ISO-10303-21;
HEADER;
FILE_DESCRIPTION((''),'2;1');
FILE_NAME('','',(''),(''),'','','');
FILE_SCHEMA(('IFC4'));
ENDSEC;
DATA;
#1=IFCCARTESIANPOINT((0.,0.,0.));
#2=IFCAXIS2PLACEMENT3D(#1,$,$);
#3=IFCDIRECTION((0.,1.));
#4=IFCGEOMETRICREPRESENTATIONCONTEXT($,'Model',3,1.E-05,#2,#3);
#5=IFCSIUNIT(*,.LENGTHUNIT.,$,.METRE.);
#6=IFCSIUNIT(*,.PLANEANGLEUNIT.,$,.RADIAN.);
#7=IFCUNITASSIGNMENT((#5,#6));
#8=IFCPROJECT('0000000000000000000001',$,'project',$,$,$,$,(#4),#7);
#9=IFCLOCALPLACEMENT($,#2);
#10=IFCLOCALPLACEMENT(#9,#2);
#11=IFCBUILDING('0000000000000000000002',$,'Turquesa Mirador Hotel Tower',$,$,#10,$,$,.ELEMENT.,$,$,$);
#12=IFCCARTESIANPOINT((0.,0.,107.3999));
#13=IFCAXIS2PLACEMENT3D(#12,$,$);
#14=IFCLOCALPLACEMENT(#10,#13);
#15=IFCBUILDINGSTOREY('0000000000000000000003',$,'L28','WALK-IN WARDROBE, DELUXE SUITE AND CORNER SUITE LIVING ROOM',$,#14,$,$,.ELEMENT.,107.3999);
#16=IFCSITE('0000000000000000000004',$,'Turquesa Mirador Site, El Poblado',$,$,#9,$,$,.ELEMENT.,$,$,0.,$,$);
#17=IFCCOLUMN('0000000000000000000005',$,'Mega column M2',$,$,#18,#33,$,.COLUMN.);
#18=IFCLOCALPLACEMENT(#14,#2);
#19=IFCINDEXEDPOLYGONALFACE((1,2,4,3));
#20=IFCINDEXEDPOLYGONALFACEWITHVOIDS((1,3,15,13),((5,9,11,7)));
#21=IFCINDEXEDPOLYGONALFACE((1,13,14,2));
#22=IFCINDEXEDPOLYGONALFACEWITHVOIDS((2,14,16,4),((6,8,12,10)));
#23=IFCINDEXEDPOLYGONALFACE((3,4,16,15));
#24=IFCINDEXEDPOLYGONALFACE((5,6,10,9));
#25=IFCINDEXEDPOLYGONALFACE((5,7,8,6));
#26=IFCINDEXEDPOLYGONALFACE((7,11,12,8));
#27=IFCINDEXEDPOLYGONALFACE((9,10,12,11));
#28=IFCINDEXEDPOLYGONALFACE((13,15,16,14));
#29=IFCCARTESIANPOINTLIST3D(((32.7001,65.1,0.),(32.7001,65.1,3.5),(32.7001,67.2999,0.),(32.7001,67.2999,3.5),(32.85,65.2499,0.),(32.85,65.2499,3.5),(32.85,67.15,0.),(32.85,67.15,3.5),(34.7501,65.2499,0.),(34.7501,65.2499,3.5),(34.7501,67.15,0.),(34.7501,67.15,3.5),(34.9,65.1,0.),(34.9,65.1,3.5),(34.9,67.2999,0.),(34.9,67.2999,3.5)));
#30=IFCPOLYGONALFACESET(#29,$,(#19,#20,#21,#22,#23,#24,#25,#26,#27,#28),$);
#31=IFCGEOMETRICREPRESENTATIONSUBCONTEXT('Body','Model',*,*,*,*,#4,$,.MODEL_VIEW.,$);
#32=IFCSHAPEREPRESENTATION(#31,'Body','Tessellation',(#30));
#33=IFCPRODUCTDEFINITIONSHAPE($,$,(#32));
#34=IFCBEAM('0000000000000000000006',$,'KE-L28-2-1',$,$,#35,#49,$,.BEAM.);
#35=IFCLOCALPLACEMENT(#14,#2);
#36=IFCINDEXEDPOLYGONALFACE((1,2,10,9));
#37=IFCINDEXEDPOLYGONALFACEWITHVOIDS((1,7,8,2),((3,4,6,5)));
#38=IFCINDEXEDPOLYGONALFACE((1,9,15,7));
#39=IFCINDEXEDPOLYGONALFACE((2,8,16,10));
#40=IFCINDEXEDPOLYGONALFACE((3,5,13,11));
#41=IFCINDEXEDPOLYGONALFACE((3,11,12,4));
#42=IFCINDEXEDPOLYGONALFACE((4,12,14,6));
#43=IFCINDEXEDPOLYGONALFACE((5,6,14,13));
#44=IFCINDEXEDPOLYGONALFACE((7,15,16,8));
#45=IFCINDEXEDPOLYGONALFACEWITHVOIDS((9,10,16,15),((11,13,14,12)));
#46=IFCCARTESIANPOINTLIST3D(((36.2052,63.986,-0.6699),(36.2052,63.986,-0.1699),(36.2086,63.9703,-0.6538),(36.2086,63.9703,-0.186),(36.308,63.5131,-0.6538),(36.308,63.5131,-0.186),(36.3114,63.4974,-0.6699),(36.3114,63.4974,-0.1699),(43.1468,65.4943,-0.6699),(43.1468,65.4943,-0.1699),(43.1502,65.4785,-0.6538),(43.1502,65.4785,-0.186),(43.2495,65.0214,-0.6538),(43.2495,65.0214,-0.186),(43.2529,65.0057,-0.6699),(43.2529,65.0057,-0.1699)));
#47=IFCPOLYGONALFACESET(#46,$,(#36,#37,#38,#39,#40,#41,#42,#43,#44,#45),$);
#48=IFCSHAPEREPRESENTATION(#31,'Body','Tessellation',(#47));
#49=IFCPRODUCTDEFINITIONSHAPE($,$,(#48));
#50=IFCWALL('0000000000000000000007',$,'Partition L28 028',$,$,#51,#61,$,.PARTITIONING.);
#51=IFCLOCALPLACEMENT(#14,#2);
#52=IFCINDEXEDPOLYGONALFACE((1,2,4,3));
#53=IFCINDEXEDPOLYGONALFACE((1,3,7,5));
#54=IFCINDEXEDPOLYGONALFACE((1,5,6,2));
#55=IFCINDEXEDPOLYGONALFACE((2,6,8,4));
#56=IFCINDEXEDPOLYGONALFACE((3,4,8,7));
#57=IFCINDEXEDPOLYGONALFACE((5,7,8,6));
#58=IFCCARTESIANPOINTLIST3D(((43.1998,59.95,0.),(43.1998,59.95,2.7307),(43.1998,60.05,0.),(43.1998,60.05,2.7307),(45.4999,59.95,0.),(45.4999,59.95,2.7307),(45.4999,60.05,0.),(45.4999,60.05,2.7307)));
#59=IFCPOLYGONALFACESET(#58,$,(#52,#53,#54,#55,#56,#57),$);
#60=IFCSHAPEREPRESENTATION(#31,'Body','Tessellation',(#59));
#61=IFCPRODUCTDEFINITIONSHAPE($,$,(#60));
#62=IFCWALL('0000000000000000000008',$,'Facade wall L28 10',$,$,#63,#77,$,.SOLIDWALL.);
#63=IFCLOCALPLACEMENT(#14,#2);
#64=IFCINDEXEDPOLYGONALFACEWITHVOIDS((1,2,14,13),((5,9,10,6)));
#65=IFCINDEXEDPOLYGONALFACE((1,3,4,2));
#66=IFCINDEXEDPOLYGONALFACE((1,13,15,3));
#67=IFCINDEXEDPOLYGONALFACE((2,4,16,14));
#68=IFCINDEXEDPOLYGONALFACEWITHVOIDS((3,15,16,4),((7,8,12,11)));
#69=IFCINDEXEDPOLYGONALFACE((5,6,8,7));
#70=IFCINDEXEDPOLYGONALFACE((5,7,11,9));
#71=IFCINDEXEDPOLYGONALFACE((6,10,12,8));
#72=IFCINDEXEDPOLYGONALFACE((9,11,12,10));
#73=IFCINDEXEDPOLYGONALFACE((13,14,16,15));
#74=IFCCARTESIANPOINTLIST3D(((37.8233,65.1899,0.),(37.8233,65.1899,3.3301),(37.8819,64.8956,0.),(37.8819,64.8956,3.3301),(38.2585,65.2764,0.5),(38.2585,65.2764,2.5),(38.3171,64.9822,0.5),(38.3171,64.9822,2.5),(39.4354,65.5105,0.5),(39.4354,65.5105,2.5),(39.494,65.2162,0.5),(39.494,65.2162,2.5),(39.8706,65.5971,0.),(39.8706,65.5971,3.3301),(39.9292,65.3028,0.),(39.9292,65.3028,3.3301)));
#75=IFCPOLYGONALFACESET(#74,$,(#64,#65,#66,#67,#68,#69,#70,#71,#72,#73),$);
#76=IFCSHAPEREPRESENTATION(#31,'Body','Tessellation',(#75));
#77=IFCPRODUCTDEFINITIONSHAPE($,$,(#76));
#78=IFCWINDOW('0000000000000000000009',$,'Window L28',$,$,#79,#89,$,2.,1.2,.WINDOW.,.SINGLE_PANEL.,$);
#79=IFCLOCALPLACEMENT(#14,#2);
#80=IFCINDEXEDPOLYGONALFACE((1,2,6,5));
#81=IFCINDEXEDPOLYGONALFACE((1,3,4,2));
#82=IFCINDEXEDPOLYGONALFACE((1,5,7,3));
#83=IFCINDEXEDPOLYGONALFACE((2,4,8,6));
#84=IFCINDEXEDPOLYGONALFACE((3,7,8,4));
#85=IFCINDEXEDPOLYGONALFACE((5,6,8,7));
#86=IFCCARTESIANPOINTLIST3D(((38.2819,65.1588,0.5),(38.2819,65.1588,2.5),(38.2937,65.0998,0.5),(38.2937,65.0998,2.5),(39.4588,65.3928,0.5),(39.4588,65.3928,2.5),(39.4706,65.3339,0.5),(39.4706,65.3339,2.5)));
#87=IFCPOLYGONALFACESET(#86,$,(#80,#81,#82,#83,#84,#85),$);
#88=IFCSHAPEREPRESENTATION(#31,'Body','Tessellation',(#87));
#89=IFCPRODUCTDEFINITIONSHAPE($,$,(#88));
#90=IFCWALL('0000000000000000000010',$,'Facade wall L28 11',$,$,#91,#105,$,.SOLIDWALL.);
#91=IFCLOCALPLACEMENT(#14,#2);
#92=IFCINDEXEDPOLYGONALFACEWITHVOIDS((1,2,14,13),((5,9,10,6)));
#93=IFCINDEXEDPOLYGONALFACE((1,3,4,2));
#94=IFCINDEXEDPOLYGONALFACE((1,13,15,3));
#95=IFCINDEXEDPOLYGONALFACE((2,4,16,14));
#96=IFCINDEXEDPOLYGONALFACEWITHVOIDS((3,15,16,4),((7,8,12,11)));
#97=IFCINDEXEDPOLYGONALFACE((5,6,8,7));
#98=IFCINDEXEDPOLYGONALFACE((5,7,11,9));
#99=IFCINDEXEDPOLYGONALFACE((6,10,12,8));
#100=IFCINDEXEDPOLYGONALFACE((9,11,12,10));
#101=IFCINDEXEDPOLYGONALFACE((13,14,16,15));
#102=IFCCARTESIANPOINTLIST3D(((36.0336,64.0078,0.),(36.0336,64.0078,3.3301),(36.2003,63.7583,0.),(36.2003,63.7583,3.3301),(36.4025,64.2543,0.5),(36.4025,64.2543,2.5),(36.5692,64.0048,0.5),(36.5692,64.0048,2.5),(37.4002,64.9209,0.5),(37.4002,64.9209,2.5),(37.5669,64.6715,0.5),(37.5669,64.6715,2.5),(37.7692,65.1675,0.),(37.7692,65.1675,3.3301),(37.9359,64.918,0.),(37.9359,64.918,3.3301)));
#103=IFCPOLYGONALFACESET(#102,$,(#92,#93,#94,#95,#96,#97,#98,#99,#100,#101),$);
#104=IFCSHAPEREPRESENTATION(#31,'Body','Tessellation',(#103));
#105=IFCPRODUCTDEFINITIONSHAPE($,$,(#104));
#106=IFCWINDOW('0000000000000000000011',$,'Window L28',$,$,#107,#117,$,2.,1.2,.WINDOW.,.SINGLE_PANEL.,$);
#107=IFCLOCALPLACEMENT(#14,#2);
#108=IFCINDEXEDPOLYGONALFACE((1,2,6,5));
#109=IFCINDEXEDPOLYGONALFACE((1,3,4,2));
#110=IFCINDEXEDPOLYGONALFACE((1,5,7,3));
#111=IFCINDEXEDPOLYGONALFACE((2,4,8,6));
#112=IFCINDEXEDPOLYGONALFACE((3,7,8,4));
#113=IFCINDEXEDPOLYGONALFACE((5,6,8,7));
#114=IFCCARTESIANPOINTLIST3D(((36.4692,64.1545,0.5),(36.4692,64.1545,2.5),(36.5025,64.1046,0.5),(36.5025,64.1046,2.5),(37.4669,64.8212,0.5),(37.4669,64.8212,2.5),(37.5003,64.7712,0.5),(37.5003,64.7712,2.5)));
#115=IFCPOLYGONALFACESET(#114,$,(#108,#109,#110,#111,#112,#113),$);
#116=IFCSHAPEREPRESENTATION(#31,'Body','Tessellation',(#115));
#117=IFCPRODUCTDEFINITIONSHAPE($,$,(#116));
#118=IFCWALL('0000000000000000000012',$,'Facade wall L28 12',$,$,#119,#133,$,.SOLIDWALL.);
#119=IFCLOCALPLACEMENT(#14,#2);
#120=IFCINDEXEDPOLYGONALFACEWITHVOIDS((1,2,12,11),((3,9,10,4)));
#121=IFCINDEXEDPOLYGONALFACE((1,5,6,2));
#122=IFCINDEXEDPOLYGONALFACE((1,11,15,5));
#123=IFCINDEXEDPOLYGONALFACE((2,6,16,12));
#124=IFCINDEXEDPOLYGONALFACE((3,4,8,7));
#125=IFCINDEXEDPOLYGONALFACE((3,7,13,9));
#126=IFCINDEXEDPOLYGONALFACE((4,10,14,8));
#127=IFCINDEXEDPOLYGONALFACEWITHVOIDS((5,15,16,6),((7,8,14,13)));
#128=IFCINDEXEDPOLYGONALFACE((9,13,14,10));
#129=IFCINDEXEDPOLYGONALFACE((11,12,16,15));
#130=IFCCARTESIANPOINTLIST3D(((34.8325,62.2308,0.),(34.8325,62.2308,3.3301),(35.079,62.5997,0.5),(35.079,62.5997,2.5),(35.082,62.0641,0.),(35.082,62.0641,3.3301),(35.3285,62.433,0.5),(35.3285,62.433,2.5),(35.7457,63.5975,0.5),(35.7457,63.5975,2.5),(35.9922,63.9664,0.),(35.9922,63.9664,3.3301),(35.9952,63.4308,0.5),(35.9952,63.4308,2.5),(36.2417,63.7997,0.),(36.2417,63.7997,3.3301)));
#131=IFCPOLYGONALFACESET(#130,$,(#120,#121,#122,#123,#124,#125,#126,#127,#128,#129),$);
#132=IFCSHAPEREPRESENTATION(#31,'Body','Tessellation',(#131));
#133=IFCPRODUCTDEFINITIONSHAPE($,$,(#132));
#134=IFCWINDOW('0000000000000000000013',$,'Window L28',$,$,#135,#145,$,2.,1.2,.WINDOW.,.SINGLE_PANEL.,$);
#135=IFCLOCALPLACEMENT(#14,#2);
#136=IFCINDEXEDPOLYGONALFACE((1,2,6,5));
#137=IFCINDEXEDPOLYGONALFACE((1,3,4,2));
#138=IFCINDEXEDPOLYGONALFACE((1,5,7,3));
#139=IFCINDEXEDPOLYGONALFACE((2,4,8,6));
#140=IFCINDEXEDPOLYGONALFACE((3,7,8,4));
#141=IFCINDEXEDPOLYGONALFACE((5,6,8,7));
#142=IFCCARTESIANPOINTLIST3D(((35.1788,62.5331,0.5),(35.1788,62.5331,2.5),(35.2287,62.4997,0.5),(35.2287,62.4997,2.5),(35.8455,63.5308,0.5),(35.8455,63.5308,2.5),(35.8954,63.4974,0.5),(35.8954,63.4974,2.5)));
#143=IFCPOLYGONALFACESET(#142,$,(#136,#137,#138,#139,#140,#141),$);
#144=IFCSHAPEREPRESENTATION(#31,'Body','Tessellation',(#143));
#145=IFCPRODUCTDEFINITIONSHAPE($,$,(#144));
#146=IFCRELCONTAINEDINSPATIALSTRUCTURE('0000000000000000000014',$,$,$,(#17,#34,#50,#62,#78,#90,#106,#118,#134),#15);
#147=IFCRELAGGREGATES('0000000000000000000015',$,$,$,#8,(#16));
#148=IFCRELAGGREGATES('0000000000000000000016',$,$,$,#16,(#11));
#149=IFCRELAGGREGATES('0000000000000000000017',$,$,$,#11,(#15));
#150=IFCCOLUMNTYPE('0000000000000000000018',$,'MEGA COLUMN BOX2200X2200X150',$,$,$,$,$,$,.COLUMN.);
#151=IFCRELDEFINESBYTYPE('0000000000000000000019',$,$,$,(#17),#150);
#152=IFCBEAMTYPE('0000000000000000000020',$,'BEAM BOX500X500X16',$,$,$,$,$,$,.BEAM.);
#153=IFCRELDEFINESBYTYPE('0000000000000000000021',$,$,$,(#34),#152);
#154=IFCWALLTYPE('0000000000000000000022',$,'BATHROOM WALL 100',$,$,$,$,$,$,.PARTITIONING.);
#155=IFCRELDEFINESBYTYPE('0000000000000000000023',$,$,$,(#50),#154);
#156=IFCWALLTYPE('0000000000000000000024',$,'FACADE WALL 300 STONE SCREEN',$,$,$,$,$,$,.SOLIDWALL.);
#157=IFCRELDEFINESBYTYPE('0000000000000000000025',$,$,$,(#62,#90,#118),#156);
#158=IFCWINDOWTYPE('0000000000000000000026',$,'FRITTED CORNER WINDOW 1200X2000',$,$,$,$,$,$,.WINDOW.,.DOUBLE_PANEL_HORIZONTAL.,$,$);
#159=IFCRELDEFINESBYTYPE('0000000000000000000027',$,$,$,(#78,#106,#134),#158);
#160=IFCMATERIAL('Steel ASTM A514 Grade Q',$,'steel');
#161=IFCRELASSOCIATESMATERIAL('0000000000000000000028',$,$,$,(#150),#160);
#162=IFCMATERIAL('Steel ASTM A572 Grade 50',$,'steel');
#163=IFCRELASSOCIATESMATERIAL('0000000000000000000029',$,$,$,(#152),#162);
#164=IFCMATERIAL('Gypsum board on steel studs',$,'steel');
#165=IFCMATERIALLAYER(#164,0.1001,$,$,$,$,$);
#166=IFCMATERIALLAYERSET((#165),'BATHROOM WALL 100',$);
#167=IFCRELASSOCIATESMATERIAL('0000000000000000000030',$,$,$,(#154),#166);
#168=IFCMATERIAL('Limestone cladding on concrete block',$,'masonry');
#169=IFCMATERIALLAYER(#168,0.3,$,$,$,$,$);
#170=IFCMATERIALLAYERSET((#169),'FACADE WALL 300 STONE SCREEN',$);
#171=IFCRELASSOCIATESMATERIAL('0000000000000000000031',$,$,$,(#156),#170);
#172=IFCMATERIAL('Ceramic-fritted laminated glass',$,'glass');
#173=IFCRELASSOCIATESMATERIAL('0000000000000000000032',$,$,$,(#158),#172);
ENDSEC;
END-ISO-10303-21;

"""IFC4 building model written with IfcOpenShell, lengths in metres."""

from ifc_helpers import new_model, si_unit, direction, frame, frame_2d, origin, origin_2d, place, context, subcontext, project, spatial, rectangle, hollow_rectangle, extrude, material, layer, layer_set, material_profile, profile_set, type_object, element, fill, save


model = new_model("IFC4")

# Units and contexts
model_context = context("Model", 3, precision=1e-05, world=origin(), true_north=direction((0.0, 1.0)))
body_context = subcontext(model_context, "Body", "Model", "MODEL_VIEW")
ifc_project = project(units=[si_unit("LENGTHUNIT", "METRE"), si_unit("PLANEANGLEUNIT", "RADIAN")], contexts=[model_context])

# Site, building, storey
site_placement = place(None, origin())
site = spatial("IfcSite", under=ifc_project, at=site_placement, Name="Turquesa Mirador Site, El Poblado", CompositionType="ELEMENT", RefElevation=0.0)
building_placement = place(site_placement, origin())
building = spatial("IfcBuilding", under=site, at=building_placement, Name="Turquesa Mirador Hotel Tower", CompositionType="ELEMENT")
storey_placement = place(building_placement, frame((0.0, 0.0, 107.3999)))
storey = spatial("IfcBuildingStorey", under=building, at=storey_placement, Name="L28", Description="WALK-IN WARDROBE, DELUXE SUITE AND CORNER SUITE LIVING ROOM", CompositionType="ELEMENT", Elevation=107.3999)

# Column
ifc_material_1 = material(Name="Steel ASTM A514 Grade Q", Category="steel")
ifc_material_profile_1 = material_profile(ifc_material_1, hollow_rectangle(XDim=2.2, YDim=2.2, WallThickness=0.1499, at=origin_2d()), Name="BOX2200X2200X150")
ifc_profile_set_1 = profile_set([ifc_material_profile_1], Name="Steel ASTM A514 Grade Q")
column_type = type_object("IfcColumnType", Name="MEGA COLUMN BOX2200X2200X150", PredefinedType="COLUMN", material=ifc_profile_set_1)
column_placement = place(storey_placement, frame((33.8, 66.2, 0.0), z_axis=(0.0, 0.0, 1.0), x_axis=(1.0, 0.0, 0.0)))
element("IfcColumn", 1, at=column_placement, inside=storey, type_object=column_type, Name="Mega column M2", PredefinedType="COLUMN", context=body_context, shape_type="SweptSolid", body=[
    extrude(hollow_rectangle(XDim=2.2, YDim=2.2, WallThickness=0.1499, at=origin_2d()), origin(), (0.0, 0.0, 1.0), 3.5),
])

# Beam
ifc_material_2 = material(Name="Steel ASTM A572 Grade 50", Category="steel")
ifc_material_profile_2 = material_profile(ifc_material_2, hollow_rectangle(XDim=0.5, YDim=0.5, WallThickness=0.0161, at=origin_2d()), Name="BOX500X500X16")
ifc_profile_set_2 = profile_set([ifc_material_profile_2], Name="Steel ASTM A572 Grade 50")
beam_type = type_object("IfcBeamType", Name="BEAM BOX500X500X16", PredefinedType="BEAM", material=ifc_profile_set_2)
beam_placement = place(storey_placement, frame((36.2583, 63.7417, -0.4199), z_axis=(0.977198, 0.212328, 0.0), x_axis=(-0.212328, 0.977198, 0.0)))
element("IfcBeam", 2, at=beam_placement, inside=storey, type_object=beam_type, Name="KE-L28-2-1", PredefinedType="BEAM", context=body_context, shape_type="SweptSolid", body=[
    extrude(hollow_rectangle(XDim=0.5, YDim=0.5, WallThickness=0.0161, at=origin_2d()), origin(), (0.0, 0.0, 1.0), 7.1035),
])

# Wall
ifc_material_3 = material(Name="Gypsum board on steel studs", Category="steel")
ifc_layer_1 = layer(ifc_material_3, 0.1001)
ifc_layer_set_1 = layer_set([ifc_layer_1], Name="BATHROOM WALL 100")
wall_type_1 = type_object("IfcWallType", Name="BATHROOM WALL 100", PredefinedType="PARTITIONING", material=ifc_layer_set_1)
wall_1_placement = place(storey_placement, frame((43.2, 60.0, 0.0), z_axis=(0.0, 0.0, 1.0), x_axis=(1.0, 0.0, 0.0)))
element("IfcWall", 3, at=wall_1_placement, inside=storey, type_object=wall_type_1, Name="Partition L28 028", PredefinedType="PARTITIONING", context=body_context, shape_type="SweptSolid", body=[
    extrude(rectangle(XDim=2.3, YDim=0.1001, at=frame_2d((1.1499, 0.0))), origin(), (0.0, 0.0, 1.0), 2.7307),
])

# Walls, openings, windows
ifc_material_4 = material(Name="Limestone cladding on concrete block", Category="masonry")
ifc_layer_2 = layer(ifc_material_4, 0.3)
ifc_layer_set_2 = layer_set([ifc_layer_2], Name="FACADE WALL 300 STONE SCREEN")
wall_type_2 = type_object("IfcWallType", Name="FACADE WALL 300 STONE SCREEN", PredefinedType="SOLIDWALL", material=ifc_layer_set_2)
wall_2_placement = place(storey_placement, frame((39.8999, 65.45, 0.0), z_axis=(0.0, 0.0, 1.0), x_axis=(-0.980787, -0.195081, 0.0)))
wall_2 = element("IfcWall", 4, at=wall_2_placement, inside=storey, type_object=wall_type_2, Name="Facade wall L28 10", PredefinedType="SOLIDWALL", context=body_context, shape_type="SweptSolid", body=[
    extrude(rectangle(XDim=2.0874, YDim=0.3, at=frame_2d((1.0437, 0.0))), origin(), (0.0, 0.0, 1.0), 3.3301),
])
opening_1_placement = place(wall_2_placement, frame((0.4436, 0.0, 0.5)))
opening_1 = element("IfcOpeningElement", 5, at=opening_1_placement, cuts=wall_2, PredefinedType="OPENING", context=body_context, shape_type="SweptSolid", body=[
    extrude(rectangle(XDim=1.2, YDim=2.0, at=frame_2d((0.6001, 1.0))), frame((0.0, 0.1599, 0.0), z_axis=(0.0, -1.0, 0.0), x_axis=(1.0, 0.0, 0.0)), (0.0, 0.0, 1.0), 0.3201),
])
ifc_material_5 = material(Name="Ceramic-fritted laminated glass", Category="glass")
window_type_1 = type_object("IfcWindowType", Name="FRITTED CORNER WINDOW 1200X2000", PartitioningType="DOUBLE_PANEL_HORIZONTAL", PredefinedType="WINDOW", material=ifc_material_5)
window_1_placement = place(opening_1_placement, origin())
window_1 = element("IfcWindow", 6, at=window_1_placement, inside=storey, type_object=window_type_1, Name="Window L28", OverallHeight=2.0, OverallWidth=1.2, PartitioningType="SINGLE_PANEL", PredefinedType="WINDOW", context=body_context, shape_type="SweptSolid", body=[
    extrude(rectangle(XDim=1.2, YDim=2.0, at=frame_2d((0.6001, 1.0))), frame((0.0, 0.03, 0.0), z_axis=(0.0, -1.0, 0.0), x_axis=(1.0, 0.0, 0.0)), (0.0, 0.0, 1.0), 0.0601),
])
fill(opening_1, window_1)
wall_3_placement = place(storey_placement, frame((37.8525, 65.0427, 0.0), z_axis=(0.0, 0.0, 1.0), x_axis=(-0.831474, -0.555564, 0.0)))
wall_3 = element("IfcWall", 7, at=wall_3_placement, inside=storey, type_object=wall_type_2, Name="Facade wall L28 11", PredefinedType="SOLIDWALL", context=body_context, shape_type="SweptSolid", body=[
    extrude(rectangle(XDim=2.0874, YDim=0.3, at=frame_2d((1.0437, 0.0))), origin(), (0.0, 0.0, 1.0), 3.3301),
])
opening_2_placement = place(wall_3_placement, frame((0.4436, 0.0, 0.5)))
opening_2 = element("IfcOpeningElement", 8, at=opening_2_placement, cuts=wall_3, PredefinedType="OPENING", context=body_context, shape_type="SweptSolid", body=[
    extrude(rectangle(XDim=1.2, YDim=2.0, at=frame_2d((0.6001, 1.0))), frame((0.0, 0.1599, 0.0), z_axis=(0.0, -1.0, 0.0), x_axis=(1.0, 0.0, 0.0)), (0.0, 0.0, 1.0), 0.3201),
])
window_2_placement = place(opening_2_placement, origin())
window_2 = element("IfcWindow", 9, at=window_2_placement, inside=storey, type_object=window_type_1, Name="Window L28", OverallHeight=2.0, OverallWidth=1.2, PartitioningType="SINGLE_PANEL", PredefinedType="WINDOW", context=body_context, shape_type="SweptSolid", body=[
    extrude(rectangle(XDim=1.2, YDim=2.0, at=frame_2d((0.6001, 1.0))), frame((0.0, 0.03, 0.0), z_axis=(0.0, -1.0, 0.0), x_axis=(1.0, 0.0, 0.0)), (0.0, 0.0, 1.0), 0.0601),
])
fill(opening_2, window_2)
wall_4_placement = place(storey_placement, frame((36.1169, 63.8831, 0.0), z_axis=(0.0, 0.0, 1.0), x_axis=(-0.555564, -0.831474, 0.0)))
wall_4 = element("IfcWall", 10, at=wall_4_placement, inside=storey, type_object=wall_type_2, Name="Facade wall L28 12", PredefinedType="SOLIDWALL", context=body_context, shape_type="SweptSolid", body=[
    extrude(rectangle(XDim=2.0874, YDim=0.3, at=frame_2d((1.0437, 0.0))), origin(), (0.0, 0.0, 1.0), 3.3301),
])
opening_3_placement = place(wall_4_placement, frame((0.4436, 0.0, 0.5)))
opening_3 = element("IfcOpeningElement", 11, at=opening_3_placement, cuts=wall_4, PredefinedType="OPENING", context=body_context, shape_type="SweptSolid", body=[
    extrude(rectangle(XDim=1.2, YDim=2.0, at=frame_2d((0.6001, 1.0))), frame((0.0, 0.1599, 0.0), z_axis=(0.0, -1.0, 0.0), x_axis=(1.0, 0.0, 0.0)), (0.0, 0.0, 1.0), 0.3201),
])
window_3_placement = place(opening_3_placement, origin())
window_3 = element("IfcWindow", 12, at=window_3_placement, inside=storey, type_object=window_type_1, Name="Window L28", OverallHeight=2.0, OverallWidth=1.2, PartitioningType="SINGLE_PANEL", PredefinedType="WINDOW", context=body_context, shape_type="SweptSolid", body=[
    extrude(rectangle(XDim=1.2, YDim=2.0, at=frame_2d((0.6001, 1.0))), frame((0.0, 0.03, 0.0), z_axis=(0.0, -1.0, 0.0), x_axis=(1.0, 0.0, 0.0)), (0.0, 0.0, 1.0), 0.0601),
])
fill(opening_3, window_3)

save(model, "model.ifc")
